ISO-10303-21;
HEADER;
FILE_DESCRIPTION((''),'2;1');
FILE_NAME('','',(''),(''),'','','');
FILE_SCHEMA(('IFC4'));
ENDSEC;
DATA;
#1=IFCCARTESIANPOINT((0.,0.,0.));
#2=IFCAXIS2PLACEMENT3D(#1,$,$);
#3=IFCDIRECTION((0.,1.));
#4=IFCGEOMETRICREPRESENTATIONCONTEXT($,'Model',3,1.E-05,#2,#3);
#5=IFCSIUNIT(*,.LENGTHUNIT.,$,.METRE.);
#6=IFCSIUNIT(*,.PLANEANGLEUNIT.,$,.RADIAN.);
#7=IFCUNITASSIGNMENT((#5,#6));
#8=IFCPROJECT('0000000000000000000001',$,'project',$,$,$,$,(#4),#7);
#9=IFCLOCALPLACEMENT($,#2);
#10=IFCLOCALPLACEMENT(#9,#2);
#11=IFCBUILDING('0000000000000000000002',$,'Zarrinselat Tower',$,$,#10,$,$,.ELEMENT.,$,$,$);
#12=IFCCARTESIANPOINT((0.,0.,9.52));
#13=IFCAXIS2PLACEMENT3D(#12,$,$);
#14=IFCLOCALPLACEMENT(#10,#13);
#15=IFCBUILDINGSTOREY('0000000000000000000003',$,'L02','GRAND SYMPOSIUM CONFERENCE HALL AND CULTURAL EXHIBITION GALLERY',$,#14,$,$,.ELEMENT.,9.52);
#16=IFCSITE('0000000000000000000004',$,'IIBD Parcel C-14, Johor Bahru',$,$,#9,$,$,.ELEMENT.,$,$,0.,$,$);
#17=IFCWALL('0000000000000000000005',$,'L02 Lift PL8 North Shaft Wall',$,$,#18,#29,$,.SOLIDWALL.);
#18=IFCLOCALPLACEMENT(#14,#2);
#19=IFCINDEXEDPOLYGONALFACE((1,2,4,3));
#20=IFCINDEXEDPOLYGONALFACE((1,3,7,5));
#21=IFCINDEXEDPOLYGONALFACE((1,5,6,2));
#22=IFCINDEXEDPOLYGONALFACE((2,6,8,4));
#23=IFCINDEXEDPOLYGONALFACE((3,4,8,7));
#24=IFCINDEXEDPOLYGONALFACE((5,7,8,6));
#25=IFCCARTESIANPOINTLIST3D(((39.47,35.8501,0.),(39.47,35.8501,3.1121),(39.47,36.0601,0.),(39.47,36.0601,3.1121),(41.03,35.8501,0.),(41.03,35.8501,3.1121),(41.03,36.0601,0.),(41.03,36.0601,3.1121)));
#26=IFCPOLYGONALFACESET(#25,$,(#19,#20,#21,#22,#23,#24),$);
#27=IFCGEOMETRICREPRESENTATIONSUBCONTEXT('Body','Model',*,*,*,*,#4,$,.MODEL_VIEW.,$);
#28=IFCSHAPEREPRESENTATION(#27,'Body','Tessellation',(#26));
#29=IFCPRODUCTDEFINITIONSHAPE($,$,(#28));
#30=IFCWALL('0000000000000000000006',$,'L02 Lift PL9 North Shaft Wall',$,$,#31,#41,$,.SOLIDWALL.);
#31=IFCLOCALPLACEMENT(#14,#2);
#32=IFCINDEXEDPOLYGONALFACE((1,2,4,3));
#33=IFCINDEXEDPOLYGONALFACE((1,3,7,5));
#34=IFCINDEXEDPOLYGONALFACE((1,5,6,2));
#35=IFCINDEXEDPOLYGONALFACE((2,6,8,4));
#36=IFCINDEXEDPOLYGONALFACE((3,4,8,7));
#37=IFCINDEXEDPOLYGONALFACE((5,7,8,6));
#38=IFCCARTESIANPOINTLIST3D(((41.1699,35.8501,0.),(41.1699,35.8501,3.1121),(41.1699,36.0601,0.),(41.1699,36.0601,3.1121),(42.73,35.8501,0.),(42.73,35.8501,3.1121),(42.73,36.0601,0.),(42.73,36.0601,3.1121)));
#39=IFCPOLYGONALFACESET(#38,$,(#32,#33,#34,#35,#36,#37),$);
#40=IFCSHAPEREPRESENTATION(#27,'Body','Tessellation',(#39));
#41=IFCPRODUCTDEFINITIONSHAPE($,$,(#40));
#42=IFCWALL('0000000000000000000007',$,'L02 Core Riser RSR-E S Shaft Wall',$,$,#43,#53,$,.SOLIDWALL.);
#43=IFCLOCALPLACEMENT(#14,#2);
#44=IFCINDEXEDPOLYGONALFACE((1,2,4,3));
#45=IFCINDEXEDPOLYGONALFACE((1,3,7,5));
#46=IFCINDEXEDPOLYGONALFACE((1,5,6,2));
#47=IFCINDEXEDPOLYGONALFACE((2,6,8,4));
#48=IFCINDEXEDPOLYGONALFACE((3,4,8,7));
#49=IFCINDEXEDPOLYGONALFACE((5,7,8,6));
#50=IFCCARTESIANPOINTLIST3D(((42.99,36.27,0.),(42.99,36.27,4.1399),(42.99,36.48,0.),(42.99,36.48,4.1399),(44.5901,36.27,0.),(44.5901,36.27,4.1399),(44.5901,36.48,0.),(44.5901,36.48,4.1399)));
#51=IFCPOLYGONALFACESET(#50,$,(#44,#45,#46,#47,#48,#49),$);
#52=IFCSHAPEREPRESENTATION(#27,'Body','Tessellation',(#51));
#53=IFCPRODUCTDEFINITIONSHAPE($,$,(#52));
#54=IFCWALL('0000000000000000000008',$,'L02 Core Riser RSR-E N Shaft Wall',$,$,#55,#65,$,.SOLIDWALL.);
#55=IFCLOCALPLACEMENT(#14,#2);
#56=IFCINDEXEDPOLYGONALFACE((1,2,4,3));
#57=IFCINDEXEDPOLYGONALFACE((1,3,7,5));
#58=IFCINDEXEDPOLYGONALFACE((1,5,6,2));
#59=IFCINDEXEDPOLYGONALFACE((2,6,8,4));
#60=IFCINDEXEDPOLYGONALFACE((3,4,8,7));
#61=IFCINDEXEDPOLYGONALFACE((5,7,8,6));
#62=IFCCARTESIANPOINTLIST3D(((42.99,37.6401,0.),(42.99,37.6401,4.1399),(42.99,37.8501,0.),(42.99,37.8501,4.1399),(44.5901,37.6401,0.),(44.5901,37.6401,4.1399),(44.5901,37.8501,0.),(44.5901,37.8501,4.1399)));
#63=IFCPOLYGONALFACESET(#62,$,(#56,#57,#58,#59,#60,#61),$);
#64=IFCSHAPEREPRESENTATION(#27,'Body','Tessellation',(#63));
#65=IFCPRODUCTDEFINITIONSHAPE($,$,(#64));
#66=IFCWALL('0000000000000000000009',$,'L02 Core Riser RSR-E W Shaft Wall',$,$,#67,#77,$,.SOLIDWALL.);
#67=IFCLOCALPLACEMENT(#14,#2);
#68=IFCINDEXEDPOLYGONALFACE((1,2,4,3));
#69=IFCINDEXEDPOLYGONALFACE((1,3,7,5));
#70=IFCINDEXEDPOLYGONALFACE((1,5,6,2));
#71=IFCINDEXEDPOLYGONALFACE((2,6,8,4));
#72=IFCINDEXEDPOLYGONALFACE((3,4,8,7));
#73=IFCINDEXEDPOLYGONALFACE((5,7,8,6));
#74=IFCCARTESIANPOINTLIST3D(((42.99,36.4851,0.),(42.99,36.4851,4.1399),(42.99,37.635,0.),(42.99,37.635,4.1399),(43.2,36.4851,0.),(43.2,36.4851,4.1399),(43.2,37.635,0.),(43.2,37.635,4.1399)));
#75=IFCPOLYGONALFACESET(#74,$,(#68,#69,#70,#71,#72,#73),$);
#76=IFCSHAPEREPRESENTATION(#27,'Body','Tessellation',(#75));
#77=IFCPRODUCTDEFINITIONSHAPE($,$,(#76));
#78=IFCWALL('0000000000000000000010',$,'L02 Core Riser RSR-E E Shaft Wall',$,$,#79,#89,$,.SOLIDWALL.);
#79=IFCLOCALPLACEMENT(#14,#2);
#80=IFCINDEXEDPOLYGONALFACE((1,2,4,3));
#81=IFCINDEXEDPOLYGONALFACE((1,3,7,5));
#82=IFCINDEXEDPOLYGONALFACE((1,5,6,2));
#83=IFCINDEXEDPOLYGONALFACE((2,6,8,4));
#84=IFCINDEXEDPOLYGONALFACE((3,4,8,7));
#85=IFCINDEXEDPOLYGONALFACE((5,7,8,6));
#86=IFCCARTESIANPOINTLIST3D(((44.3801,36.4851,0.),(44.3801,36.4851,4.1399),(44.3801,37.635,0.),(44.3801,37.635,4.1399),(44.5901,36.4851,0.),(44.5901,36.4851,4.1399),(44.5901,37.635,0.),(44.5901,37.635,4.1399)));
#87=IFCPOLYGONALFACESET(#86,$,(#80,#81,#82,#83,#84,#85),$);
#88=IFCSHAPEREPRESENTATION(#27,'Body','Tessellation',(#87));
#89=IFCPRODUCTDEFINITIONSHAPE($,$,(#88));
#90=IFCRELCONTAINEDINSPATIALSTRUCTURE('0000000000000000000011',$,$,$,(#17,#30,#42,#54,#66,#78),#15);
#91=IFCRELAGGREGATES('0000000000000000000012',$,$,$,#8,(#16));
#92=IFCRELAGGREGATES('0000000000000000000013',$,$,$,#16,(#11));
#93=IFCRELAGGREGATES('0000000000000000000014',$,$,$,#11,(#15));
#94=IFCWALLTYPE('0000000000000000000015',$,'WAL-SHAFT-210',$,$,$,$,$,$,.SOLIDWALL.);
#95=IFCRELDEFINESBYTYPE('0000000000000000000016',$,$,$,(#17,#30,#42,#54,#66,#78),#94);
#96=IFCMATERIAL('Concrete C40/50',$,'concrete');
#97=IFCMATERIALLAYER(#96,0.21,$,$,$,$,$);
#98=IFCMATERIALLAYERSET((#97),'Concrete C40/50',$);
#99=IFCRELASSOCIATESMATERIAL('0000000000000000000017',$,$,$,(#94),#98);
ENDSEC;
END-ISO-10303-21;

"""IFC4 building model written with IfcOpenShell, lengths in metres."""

from ifc_helpers import new_model, si_unit, direction, frame, frame_2d, origin, place, context, subcontext, project, spatial, rectangle, extrude, material, layer, layer_set, type_object, element, save


model = new_model("IFC4")

# Units and contexts
model_context = context("Model", 3, precision=1e-05, world=origin(), true_north=direction((0.0, 1.0)))
body_context = subcontext(model_context, "Body", "Model", "MODEL_VIEW")
ifc_project = project(units=[si_unit("LENGTHUNIT", "METRE"), si_unit("PLANEANGLEUNIT", "RADIAN")], contexts=[model_context])

# Site, building, storey
site_placement = place(None, origin())
site = spatial("IfcSite", under=ifc_project, at=site_placement, Name="IIBD Parcel C-14, Johor Bahru", CompositionType="ELEMENT", RefElevation=0.0)
building_placement = place(site_placement, origin())
building = spatial("IfcBuilding", under=site, at=building_placement, Name="Zarrinselat Tower", CompositionType="ELEMENT")
storey_placement = place(building_placement, frame((0.0, 0.0, 9.52)))
storey = spatial("IfcBuildingStorey", under=building, at=storey_placement, Name="L02", Description="GRAND SYMPOSIUM CONFERENCE HALL AND CULTURAL EXHIBITION GALLERY", CompositionType="ELEMENT", Elevation=9.52)

# Walls
ifc_material_1 = material(Name="Concrete C40/50", Category="concrete")
ifc_layer_1 = layer(ifc_material_1, 0.21)
ifc_layer_set_1 = layer_set([ifc_layer_1], Name="Concrete C40/50")
wall_type_1 = type_object("IfcWallType", Name="WAL-SHAFT-210", PredefinedType="SOLIDWALL", material=ifc_layer_set_1)
for number, where, z_axis, x_axis, name in (
    (1, (39.47, 35.9551, 0.0), (0.0, 0.0, 1.0), (1.0, 0.0, 0.0), "L02 Lift PL8 North Shaft Wall"),
    (2, (41.1699, 35.9551, 0.0), (0.0, 0.0, 1.0), (1.0, 0.0, 0.0), "L02 Lift PL9 North Shaft Wall"),
):
    element("IfcWall", number, at=place(storey_placement, frame(where, z_axis=z_axis, x_axis=x_axis)), inside=storey, type_object=wall_type_1, Name=name, PredefinedType="SOLIDWALL", context=body_context, shape_type="SweptSolid", body=[
        extrude(rectangle(XDim=1.5601, YDim=0.21, at=frame_2d((0.78, 0.0))), origin(), (0.0, 0.0, 1.0), 3.1121),
    ])
for number, where, z_axis, x_axis, name in (
    (3, (42.99, 36.375, 0.0), (0.0, 0.0, 1.0), (1.0, 0.0, 0.0), "L02 Core Riser RSR-E S Shaft Wall"),
    (4, (42.99, 37.7451, 0.0), (0.0, 0.0, 1.0), (1.0, 0.0, 0.0), "L02 Core Riser RSR-E N Shaft Wall"),
):
    element("IfcWall", number, at=place(storey_placement, frame(where, z_axis=z_axis, x_axis=x_axis)), inside=storey, type_object=wall_type_1, Name=name, PredefinedType="SOLIDWALL", context=body_context, shape_type="SweptSolid", body=[
        extrude(rectangle(XDim=1.6001, YDim=0.21, at=frame_2d((0.8, 0.0))), origin(), (0.0, 0.0, 1.0), 4.1399),
    ])
for number, where, z_axis, x_axis, name in (
    (5, (43.095, 36.4851, 0.0), (0.0, 0.0, 1.0), (0.0, 1.0, 0.0), "L02 Core Riser RSR-E W Shaft Wall"),
    (6, (44.4851, 36.4851, 0.0), (0.0, 0.0, 1.0), (0.0, 1.0, 0.0), "L02 Core Riser RSR-E E Shaft Wall"),
):
    element("IfcWall", number, at=place(storey_placement, frame(where, z_axis=z_axis, x_axis=x_axis)), inside=storey, type_object=wall_type_1, Name=name, PredefinedType="SOLIDWALL", context=body_context, shape_type="SweptSolid", body=[
        extrude(rectangle(XDim=1.1499, YDim=0.21, at=frame_2d((0.575, 0.0))), origin(), (0.0, 0.0, 1.0), 4.1399),
    ])

save(model, "model.ifc")
